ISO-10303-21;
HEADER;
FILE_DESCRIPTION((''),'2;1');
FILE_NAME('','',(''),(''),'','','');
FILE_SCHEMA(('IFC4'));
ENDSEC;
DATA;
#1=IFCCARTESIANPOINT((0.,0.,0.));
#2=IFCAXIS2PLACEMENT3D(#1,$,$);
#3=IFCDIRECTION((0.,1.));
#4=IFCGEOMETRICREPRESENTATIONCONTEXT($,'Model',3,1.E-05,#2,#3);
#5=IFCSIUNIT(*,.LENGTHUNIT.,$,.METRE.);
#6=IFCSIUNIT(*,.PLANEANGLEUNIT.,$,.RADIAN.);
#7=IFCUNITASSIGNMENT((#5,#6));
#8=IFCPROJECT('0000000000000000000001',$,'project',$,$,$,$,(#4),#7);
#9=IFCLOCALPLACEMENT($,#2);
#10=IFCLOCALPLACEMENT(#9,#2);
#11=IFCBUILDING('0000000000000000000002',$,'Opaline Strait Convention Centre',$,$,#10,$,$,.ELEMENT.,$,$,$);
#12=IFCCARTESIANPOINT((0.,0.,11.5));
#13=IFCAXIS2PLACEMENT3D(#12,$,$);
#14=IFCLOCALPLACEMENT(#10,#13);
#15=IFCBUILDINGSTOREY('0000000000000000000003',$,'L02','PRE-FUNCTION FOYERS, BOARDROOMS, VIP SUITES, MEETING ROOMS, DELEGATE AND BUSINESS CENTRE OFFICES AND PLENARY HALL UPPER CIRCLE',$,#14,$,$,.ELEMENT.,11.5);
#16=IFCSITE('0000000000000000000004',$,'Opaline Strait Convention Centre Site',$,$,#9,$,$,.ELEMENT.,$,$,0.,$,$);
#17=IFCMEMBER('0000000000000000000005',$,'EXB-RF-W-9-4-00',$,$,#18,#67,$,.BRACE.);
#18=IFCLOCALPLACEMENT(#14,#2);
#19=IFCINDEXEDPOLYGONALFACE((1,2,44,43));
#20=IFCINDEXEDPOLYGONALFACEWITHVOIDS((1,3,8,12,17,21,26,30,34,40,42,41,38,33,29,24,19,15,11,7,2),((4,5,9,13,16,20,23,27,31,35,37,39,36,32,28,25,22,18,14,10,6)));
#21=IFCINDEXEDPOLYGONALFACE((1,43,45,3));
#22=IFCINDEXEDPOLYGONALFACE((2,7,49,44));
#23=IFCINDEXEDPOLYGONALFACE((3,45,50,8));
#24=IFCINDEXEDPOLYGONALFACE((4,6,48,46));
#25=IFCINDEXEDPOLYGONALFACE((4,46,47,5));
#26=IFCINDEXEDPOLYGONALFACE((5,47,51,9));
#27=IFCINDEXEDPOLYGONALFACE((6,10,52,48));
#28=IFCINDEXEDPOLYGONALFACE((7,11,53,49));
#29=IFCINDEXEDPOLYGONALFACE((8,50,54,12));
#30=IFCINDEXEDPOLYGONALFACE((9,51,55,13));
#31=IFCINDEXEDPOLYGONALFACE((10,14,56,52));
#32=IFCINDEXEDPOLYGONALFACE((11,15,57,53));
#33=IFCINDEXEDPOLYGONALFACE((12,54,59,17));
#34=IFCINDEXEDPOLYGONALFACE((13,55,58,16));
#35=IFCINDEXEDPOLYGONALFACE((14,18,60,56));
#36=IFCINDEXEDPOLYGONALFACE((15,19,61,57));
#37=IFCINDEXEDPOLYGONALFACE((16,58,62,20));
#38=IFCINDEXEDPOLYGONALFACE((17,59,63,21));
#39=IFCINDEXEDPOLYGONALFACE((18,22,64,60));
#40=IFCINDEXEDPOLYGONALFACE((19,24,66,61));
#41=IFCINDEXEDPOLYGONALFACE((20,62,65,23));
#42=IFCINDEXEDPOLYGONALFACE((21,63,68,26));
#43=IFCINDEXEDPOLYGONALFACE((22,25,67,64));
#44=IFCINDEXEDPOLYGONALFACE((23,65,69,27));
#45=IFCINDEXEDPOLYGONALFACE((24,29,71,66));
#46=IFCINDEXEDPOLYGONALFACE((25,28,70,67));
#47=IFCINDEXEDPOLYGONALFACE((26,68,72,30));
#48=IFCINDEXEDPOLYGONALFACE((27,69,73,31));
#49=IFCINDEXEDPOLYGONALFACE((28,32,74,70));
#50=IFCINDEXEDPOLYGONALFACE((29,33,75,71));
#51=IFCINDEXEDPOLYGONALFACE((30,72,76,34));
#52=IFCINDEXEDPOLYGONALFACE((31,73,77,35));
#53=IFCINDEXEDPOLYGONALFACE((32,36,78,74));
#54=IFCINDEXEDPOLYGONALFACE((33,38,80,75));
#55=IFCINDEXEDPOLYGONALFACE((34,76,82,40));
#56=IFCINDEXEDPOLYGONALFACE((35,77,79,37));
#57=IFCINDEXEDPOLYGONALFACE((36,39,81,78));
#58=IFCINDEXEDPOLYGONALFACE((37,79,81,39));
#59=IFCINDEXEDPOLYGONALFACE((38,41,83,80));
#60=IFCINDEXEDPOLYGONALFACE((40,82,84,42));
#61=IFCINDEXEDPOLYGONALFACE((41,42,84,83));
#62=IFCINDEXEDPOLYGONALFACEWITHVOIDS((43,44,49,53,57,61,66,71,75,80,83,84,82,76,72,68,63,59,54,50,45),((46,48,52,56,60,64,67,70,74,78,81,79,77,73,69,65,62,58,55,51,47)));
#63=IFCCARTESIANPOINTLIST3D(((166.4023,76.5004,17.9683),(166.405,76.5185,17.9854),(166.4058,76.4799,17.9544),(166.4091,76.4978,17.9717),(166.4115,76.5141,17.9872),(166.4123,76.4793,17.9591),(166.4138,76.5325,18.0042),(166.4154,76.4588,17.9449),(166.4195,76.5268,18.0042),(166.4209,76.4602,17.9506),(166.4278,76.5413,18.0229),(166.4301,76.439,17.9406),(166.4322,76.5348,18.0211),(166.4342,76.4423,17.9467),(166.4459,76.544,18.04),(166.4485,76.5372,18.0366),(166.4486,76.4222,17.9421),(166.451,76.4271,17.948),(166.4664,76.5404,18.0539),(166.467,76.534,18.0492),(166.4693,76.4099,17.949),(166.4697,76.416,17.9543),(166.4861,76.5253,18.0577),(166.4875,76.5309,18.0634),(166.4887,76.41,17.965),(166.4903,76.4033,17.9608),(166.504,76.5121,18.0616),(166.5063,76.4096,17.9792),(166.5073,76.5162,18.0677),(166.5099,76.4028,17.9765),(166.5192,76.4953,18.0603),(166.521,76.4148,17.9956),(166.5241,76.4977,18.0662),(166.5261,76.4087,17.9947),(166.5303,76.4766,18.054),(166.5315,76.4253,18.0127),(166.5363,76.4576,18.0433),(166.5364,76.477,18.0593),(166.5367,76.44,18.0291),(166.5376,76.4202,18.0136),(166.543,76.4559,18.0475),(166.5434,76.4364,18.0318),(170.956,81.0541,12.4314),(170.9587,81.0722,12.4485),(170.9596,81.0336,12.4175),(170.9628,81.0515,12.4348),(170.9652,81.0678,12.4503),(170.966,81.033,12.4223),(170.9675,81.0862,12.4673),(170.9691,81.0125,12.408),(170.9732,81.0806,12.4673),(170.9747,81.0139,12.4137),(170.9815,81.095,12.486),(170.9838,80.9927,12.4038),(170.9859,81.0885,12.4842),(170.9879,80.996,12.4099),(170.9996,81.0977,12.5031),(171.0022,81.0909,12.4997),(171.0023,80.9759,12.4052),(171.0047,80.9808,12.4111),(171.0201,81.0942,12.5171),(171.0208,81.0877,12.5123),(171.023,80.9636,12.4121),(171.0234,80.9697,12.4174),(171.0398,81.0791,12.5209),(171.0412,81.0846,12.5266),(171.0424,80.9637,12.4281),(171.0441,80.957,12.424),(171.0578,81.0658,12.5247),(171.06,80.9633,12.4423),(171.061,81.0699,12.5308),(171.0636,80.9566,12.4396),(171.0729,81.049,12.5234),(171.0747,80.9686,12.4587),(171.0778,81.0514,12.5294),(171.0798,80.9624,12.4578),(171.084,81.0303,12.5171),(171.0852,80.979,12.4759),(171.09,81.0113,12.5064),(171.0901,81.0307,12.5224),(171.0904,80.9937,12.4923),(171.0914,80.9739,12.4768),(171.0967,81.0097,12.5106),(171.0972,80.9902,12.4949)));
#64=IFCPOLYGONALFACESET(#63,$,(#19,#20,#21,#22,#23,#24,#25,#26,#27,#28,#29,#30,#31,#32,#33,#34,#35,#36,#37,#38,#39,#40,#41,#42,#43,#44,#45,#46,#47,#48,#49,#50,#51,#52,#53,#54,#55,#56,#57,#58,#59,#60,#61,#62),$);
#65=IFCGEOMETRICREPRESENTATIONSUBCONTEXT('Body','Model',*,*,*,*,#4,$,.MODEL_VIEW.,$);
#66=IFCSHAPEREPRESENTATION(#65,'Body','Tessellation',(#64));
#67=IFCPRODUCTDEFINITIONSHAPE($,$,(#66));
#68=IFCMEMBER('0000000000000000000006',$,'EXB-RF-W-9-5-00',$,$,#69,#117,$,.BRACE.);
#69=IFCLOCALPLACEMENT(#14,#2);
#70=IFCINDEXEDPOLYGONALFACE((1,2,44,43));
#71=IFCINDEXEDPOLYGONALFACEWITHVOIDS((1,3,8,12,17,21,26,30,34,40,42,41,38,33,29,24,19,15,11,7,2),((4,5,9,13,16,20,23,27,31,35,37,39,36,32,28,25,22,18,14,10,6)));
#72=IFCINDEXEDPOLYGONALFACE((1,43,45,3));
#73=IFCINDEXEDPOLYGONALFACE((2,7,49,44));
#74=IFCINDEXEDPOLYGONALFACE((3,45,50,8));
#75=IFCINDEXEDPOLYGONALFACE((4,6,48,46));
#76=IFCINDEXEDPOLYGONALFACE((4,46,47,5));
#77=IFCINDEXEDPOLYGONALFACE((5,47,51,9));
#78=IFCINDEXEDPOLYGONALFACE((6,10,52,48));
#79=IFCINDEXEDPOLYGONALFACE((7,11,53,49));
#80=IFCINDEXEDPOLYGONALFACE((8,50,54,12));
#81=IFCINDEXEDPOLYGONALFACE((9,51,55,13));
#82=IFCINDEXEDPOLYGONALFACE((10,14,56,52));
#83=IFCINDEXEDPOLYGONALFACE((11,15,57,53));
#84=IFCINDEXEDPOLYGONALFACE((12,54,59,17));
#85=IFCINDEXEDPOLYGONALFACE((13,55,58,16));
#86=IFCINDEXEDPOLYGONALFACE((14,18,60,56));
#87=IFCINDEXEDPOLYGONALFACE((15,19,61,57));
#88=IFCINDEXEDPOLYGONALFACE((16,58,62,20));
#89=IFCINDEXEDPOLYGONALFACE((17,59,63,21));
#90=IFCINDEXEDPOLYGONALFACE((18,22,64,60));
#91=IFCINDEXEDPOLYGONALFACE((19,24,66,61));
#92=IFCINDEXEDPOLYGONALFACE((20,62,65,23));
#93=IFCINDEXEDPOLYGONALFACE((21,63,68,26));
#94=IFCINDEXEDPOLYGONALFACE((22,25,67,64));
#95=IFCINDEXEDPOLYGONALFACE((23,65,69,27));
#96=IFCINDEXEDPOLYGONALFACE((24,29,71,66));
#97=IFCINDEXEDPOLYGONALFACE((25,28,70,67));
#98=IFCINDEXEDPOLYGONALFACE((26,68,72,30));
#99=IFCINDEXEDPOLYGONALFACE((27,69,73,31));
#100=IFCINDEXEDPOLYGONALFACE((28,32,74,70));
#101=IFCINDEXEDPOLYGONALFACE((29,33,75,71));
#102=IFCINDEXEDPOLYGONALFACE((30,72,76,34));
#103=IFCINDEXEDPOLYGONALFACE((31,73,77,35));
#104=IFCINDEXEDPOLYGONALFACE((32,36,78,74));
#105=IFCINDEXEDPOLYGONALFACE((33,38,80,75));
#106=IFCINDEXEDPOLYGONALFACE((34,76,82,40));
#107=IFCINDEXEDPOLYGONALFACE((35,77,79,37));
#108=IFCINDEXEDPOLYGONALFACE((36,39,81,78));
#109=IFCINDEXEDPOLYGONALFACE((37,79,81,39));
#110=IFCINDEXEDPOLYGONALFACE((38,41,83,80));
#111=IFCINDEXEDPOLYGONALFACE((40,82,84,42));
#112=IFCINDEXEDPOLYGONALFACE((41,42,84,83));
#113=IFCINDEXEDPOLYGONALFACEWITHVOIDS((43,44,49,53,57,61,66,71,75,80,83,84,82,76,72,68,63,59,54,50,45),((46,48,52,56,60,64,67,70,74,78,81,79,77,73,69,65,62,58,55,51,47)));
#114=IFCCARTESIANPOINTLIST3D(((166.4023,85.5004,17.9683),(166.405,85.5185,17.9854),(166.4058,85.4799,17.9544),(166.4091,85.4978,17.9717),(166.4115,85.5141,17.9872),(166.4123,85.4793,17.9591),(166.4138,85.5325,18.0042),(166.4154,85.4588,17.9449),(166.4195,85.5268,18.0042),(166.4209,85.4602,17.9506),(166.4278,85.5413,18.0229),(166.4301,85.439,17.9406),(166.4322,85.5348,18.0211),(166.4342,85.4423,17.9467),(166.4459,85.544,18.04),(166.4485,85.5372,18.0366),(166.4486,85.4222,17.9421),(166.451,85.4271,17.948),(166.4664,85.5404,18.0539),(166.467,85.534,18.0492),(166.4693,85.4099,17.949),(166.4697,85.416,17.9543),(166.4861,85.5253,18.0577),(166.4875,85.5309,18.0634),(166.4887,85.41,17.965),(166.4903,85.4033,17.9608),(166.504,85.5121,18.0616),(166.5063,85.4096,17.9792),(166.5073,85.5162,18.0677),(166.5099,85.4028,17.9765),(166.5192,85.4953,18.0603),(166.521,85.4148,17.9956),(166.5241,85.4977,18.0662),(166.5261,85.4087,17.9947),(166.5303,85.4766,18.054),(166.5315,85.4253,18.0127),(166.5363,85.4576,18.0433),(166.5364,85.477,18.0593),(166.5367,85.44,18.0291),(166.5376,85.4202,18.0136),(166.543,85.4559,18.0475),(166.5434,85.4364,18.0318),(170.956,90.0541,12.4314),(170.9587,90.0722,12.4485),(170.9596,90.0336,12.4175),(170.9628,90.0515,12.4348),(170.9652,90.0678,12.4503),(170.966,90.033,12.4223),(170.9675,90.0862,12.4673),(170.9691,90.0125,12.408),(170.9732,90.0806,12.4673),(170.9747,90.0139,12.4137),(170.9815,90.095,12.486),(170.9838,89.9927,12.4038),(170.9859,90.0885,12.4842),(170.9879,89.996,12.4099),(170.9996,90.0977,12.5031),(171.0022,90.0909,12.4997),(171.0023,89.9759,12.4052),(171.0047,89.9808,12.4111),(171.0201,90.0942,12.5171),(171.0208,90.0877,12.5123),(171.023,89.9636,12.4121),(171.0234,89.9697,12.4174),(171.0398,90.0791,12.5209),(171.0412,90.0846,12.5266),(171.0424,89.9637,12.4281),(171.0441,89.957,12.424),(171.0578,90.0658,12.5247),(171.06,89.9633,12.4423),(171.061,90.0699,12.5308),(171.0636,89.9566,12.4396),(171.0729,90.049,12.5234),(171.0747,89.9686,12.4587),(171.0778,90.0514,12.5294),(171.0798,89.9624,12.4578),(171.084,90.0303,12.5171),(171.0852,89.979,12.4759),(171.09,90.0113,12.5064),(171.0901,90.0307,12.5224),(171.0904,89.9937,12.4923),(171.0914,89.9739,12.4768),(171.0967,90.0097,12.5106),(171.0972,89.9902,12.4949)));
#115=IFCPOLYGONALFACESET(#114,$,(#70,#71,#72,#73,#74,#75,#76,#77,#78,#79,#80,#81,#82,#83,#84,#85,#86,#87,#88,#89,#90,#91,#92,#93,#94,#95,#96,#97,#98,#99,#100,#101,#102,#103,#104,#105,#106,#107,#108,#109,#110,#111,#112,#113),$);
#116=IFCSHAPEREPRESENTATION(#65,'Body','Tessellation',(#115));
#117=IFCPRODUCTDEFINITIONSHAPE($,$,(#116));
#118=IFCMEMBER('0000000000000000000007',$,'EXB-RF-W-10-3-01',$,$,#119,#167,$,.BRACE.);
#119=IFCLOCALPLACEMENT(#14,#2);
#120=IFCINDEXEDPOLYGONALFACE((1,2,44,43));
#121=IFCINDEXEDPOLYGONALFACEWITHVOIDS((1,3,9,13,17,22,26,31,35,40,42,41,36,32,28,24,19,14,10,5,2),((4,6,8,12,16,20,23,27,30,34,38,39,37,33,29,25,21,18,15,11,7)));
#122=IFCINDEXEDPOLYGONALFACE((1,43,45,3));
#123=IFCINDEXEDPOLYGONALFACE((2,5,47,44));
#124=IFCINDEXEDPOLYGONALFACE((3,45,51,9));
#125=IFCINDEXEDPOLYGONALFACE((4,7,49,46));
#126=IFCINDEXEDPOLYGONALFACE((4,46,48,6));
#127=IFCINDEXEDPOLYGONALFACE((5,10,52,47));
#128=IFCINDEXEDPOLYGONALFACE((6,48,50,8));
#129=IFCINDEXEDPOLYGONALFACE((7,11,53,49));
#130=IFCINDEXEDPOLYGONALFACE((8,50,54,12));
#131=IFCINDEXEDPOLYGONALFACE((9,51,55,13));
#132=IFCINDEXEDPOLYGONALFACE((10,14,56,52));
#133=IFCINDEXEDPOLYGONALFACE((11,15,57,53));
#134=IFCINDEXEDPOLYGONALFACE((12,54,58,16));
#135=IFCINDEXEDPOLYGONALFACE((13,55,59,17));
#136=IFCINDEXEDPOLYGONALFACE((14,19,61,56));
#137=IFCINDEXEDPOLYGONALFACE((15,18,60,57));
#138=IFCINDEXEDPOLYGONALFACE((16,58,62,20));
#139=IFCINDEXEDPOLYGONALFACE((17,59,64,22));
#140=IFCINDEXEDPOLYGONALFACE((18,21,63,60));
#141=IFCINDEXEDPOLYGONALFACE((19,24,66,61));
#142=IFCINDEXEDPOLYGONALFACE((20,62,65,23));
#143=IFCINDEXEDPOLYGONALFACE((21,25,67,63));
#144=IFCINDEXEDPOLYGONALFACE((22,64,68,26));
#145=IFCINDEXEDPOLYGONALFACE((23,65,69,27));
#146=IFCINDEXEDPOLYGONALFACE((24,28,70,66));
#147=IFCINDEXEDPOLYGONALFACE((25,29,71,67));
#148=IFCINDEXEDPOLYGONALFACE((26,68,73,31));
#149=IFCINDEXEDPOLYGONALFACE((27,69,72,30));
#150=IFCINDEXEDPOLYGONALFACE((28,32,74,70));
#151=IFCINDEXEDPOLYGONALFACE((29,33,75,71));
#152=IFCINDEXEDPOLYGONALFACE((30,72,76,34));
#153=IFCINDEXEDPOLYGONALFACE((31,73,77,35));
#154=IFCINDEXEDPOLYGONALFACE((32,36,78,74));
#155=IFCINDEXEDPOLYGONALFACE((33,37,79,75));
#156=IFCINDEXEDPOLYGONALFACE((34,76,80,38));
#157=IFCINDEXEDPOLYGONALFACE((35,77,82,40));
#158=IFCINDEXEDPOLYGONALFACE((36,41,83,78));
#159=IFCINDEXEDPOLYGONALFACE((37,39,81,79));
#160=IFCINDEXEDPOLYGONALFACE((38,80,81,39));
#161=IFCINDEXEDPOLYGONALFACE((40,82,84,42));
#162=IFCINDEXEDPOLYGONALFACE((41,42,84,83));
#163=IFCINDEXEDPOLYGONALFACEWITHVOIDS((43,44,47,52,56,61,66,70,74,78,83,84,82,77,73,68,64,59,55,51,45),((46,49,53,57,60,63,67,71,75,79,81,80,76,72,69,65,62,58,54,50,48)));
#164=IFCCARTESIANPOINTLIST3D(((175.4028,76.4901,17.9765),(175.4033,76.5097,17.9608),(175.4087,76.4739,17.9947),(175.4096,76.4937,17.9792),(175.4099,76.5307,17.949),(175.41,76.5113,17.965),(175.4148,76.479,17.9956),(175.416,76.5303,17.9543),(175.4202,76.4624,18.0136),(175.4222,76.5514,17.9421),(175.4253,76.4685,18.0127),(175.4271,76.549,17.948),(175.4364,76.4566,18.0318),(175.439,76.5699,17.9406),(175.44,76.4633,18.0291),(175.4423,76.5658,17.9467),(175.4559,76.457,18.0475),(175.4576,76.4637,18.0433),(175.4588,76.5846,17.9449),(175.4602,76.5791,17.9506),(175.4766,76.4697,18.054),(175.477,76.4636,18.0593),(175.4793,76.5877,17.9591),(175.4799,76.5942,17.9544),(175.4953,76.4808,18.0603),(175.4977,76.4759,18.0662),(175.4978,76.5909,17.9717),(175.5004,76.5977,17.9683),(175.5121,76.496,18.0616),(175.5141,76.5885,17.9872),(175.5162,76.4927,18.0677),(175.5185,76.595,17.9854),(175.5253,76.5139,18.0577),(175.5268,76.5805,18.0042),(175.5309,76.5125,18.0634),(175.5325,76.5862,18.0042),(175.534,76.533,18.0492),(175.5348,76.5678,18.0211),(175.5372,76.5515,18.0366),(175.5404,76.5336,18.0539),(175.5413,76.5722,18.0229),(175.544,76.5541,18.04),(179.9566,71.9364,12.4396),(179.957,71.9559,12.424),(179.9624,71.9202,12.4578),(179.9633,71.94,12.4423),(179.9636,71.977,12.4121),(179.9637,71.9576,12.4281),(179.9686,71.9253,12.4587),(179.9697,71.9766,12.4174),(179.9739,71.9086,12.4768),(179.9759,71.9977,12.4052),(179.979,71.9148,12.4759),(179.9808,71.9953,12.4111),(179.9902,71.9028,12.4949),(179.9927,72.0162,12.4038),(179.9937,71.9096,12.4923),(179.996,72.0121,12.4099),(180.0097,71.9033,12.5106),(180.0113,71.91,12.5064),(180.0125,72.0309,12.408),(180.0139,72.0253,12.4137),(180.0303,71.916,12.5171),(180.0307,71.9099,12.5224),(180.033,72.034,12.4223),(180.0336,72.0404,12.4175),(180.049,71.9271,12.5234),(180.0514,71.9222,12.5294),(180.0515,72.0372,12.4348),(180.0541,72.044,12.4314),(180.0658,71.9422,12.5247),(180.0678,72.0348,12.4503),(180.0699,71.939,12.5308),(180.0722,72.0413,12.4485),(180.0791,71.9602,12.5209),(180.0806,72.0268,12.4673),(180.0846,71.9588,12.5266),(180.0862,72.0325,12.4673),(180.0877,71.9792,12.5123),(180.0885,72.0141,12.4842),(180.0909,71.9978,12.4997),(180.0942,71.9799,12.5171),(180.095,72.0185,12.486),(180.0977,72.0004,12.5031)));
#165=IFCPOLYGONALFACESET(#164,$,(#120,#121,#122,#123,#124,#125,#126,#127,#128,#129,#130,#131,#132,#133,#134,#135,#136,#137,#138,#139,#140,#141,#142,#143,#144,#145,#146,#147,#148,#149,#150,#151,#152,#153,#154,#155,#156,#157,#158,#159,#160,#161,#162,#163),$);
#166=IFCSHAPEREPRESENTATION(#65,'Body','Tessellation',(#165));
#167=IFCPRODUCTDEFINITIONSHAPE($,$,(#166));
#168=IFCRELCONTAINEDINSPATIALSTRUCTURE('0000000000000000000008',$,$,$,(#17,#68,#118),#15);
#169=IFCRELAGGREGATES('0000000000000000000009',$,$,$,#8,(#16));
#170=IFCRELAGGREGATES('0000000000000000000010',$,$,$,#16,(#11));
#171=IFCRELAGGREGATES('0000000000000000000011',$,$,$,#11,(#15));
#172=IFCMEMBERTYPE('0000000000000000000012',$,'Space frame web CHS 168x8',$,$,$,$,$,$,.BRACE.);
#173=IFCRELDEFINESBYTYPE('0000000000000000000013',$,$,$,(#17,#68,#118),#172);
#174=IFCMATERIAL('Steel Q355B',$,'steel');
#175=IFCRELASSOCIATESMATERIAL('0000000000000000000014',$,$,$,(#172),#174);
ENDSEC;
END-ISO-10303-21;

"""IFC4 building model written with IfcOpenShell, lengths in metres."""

from ifc_helpers import new_model, si_unit, direction, frame, origin, origin_2d, place, context, subcontext, project, spatial, hollow_circle, extrude, material, material_profile, profile_set, type_object, element, save


model = new_model("IFC4")

# Units and contexts
model_context = context("Model", 3, precision=1e-05, world=origin(), true_north=direction((0.0, 1.0)))
body_context = subcontext(model_context, "Body", "Model", "MODEL_VIEW")
ifc_project = project(units=[si_unit("LENGTHUNIT", "METRE"), si_unit("PLANEANGLEUNIT", "RADIAN")], contexts=[model_context])

# Site, building, storey
site_placement = place(None, origin())
site = spatial("IfcSite", under=ifc_project, at=site_placement, Name="Opaline Strait Convention Centre Site", CompositionType="ELEMENT", RefElevation=0.0)
building_placement = place(site_placement, origin())
building = spatial("IfcBuilding", under=site, at=building_placement, Name="Opaline Strait Convention Centre", CompositionType="ELEMENT")
storey_placement = place(building_placement, frame((0.0, 0.0, 11.5)))
storey = spatial("IfcBuildingStorey", under=building, at=storey_placement, Name="L02", Description="PRE-FUNCTION FOYERS, BOARDROOMS, VIP SUITES, MEETING ROOMS, DELEGATE AND BUSINESS CENTRE OFFICES AND PLENARY HALL UPPER CIRCLE", CompositionType="ELEMENT", Elevation=11.5)

# Members
ifc_material_1 = material(Name="Steel Q355B", Category="steel")
ifc_material_profile_1 = material_profile(ifc_material_1, hollow_circle(Radius=0.084, WallThickness=0.0081, at=origin_2d()), Name="CHS 168x8")
ifc_profile_set_1 = profile_set([ifc_material_profile_1], Name="Steel Q355B")
member_type_1 = type_object("IfcMemberType", Name="Space frame web CHS 168x8", PredefinedType="BRACE", material=ifc_profile_set_1)
for number, where, z_axis, x_axis, name in (
    (1, (166.4731, 76.4731, 18.0042), (0.536178, 0.536178, -0.65194), (-0.707107, 0.707107, 0.0), "EXB-RF-W-9-4-00"),
    (2, (166.4731, 85.4731, 18.0042), (0.536178, 0.536178, -0.65194), (-0.707107, 0.707107, 0.0), "EXB-RF-W-9-5-00"),
    (3, (175.4731, 76.5269, 18.0042), (0.536178, -0.536178, -0.65194), (0.707107, 0.707107, 0.0), "EXB-RF-W-10-3-01"),
):
    element("IfcMember", number, at=place(storey_placement, frame(where, z_axis=z_axis, x_axis=x_axis)), inside=storey, type_object=member_type_1, Name=name, PredefinedType="BRACE", context=body_context, shape_type="SweptSolid", body=[
        extrude(hollow_circle(Radius=0.084, WallThickness=0.0081, at=origin_2d()), origin(), (0.0, 0.0, 1.0), 8.4929),
    ])

save(model, "model.ifc")
